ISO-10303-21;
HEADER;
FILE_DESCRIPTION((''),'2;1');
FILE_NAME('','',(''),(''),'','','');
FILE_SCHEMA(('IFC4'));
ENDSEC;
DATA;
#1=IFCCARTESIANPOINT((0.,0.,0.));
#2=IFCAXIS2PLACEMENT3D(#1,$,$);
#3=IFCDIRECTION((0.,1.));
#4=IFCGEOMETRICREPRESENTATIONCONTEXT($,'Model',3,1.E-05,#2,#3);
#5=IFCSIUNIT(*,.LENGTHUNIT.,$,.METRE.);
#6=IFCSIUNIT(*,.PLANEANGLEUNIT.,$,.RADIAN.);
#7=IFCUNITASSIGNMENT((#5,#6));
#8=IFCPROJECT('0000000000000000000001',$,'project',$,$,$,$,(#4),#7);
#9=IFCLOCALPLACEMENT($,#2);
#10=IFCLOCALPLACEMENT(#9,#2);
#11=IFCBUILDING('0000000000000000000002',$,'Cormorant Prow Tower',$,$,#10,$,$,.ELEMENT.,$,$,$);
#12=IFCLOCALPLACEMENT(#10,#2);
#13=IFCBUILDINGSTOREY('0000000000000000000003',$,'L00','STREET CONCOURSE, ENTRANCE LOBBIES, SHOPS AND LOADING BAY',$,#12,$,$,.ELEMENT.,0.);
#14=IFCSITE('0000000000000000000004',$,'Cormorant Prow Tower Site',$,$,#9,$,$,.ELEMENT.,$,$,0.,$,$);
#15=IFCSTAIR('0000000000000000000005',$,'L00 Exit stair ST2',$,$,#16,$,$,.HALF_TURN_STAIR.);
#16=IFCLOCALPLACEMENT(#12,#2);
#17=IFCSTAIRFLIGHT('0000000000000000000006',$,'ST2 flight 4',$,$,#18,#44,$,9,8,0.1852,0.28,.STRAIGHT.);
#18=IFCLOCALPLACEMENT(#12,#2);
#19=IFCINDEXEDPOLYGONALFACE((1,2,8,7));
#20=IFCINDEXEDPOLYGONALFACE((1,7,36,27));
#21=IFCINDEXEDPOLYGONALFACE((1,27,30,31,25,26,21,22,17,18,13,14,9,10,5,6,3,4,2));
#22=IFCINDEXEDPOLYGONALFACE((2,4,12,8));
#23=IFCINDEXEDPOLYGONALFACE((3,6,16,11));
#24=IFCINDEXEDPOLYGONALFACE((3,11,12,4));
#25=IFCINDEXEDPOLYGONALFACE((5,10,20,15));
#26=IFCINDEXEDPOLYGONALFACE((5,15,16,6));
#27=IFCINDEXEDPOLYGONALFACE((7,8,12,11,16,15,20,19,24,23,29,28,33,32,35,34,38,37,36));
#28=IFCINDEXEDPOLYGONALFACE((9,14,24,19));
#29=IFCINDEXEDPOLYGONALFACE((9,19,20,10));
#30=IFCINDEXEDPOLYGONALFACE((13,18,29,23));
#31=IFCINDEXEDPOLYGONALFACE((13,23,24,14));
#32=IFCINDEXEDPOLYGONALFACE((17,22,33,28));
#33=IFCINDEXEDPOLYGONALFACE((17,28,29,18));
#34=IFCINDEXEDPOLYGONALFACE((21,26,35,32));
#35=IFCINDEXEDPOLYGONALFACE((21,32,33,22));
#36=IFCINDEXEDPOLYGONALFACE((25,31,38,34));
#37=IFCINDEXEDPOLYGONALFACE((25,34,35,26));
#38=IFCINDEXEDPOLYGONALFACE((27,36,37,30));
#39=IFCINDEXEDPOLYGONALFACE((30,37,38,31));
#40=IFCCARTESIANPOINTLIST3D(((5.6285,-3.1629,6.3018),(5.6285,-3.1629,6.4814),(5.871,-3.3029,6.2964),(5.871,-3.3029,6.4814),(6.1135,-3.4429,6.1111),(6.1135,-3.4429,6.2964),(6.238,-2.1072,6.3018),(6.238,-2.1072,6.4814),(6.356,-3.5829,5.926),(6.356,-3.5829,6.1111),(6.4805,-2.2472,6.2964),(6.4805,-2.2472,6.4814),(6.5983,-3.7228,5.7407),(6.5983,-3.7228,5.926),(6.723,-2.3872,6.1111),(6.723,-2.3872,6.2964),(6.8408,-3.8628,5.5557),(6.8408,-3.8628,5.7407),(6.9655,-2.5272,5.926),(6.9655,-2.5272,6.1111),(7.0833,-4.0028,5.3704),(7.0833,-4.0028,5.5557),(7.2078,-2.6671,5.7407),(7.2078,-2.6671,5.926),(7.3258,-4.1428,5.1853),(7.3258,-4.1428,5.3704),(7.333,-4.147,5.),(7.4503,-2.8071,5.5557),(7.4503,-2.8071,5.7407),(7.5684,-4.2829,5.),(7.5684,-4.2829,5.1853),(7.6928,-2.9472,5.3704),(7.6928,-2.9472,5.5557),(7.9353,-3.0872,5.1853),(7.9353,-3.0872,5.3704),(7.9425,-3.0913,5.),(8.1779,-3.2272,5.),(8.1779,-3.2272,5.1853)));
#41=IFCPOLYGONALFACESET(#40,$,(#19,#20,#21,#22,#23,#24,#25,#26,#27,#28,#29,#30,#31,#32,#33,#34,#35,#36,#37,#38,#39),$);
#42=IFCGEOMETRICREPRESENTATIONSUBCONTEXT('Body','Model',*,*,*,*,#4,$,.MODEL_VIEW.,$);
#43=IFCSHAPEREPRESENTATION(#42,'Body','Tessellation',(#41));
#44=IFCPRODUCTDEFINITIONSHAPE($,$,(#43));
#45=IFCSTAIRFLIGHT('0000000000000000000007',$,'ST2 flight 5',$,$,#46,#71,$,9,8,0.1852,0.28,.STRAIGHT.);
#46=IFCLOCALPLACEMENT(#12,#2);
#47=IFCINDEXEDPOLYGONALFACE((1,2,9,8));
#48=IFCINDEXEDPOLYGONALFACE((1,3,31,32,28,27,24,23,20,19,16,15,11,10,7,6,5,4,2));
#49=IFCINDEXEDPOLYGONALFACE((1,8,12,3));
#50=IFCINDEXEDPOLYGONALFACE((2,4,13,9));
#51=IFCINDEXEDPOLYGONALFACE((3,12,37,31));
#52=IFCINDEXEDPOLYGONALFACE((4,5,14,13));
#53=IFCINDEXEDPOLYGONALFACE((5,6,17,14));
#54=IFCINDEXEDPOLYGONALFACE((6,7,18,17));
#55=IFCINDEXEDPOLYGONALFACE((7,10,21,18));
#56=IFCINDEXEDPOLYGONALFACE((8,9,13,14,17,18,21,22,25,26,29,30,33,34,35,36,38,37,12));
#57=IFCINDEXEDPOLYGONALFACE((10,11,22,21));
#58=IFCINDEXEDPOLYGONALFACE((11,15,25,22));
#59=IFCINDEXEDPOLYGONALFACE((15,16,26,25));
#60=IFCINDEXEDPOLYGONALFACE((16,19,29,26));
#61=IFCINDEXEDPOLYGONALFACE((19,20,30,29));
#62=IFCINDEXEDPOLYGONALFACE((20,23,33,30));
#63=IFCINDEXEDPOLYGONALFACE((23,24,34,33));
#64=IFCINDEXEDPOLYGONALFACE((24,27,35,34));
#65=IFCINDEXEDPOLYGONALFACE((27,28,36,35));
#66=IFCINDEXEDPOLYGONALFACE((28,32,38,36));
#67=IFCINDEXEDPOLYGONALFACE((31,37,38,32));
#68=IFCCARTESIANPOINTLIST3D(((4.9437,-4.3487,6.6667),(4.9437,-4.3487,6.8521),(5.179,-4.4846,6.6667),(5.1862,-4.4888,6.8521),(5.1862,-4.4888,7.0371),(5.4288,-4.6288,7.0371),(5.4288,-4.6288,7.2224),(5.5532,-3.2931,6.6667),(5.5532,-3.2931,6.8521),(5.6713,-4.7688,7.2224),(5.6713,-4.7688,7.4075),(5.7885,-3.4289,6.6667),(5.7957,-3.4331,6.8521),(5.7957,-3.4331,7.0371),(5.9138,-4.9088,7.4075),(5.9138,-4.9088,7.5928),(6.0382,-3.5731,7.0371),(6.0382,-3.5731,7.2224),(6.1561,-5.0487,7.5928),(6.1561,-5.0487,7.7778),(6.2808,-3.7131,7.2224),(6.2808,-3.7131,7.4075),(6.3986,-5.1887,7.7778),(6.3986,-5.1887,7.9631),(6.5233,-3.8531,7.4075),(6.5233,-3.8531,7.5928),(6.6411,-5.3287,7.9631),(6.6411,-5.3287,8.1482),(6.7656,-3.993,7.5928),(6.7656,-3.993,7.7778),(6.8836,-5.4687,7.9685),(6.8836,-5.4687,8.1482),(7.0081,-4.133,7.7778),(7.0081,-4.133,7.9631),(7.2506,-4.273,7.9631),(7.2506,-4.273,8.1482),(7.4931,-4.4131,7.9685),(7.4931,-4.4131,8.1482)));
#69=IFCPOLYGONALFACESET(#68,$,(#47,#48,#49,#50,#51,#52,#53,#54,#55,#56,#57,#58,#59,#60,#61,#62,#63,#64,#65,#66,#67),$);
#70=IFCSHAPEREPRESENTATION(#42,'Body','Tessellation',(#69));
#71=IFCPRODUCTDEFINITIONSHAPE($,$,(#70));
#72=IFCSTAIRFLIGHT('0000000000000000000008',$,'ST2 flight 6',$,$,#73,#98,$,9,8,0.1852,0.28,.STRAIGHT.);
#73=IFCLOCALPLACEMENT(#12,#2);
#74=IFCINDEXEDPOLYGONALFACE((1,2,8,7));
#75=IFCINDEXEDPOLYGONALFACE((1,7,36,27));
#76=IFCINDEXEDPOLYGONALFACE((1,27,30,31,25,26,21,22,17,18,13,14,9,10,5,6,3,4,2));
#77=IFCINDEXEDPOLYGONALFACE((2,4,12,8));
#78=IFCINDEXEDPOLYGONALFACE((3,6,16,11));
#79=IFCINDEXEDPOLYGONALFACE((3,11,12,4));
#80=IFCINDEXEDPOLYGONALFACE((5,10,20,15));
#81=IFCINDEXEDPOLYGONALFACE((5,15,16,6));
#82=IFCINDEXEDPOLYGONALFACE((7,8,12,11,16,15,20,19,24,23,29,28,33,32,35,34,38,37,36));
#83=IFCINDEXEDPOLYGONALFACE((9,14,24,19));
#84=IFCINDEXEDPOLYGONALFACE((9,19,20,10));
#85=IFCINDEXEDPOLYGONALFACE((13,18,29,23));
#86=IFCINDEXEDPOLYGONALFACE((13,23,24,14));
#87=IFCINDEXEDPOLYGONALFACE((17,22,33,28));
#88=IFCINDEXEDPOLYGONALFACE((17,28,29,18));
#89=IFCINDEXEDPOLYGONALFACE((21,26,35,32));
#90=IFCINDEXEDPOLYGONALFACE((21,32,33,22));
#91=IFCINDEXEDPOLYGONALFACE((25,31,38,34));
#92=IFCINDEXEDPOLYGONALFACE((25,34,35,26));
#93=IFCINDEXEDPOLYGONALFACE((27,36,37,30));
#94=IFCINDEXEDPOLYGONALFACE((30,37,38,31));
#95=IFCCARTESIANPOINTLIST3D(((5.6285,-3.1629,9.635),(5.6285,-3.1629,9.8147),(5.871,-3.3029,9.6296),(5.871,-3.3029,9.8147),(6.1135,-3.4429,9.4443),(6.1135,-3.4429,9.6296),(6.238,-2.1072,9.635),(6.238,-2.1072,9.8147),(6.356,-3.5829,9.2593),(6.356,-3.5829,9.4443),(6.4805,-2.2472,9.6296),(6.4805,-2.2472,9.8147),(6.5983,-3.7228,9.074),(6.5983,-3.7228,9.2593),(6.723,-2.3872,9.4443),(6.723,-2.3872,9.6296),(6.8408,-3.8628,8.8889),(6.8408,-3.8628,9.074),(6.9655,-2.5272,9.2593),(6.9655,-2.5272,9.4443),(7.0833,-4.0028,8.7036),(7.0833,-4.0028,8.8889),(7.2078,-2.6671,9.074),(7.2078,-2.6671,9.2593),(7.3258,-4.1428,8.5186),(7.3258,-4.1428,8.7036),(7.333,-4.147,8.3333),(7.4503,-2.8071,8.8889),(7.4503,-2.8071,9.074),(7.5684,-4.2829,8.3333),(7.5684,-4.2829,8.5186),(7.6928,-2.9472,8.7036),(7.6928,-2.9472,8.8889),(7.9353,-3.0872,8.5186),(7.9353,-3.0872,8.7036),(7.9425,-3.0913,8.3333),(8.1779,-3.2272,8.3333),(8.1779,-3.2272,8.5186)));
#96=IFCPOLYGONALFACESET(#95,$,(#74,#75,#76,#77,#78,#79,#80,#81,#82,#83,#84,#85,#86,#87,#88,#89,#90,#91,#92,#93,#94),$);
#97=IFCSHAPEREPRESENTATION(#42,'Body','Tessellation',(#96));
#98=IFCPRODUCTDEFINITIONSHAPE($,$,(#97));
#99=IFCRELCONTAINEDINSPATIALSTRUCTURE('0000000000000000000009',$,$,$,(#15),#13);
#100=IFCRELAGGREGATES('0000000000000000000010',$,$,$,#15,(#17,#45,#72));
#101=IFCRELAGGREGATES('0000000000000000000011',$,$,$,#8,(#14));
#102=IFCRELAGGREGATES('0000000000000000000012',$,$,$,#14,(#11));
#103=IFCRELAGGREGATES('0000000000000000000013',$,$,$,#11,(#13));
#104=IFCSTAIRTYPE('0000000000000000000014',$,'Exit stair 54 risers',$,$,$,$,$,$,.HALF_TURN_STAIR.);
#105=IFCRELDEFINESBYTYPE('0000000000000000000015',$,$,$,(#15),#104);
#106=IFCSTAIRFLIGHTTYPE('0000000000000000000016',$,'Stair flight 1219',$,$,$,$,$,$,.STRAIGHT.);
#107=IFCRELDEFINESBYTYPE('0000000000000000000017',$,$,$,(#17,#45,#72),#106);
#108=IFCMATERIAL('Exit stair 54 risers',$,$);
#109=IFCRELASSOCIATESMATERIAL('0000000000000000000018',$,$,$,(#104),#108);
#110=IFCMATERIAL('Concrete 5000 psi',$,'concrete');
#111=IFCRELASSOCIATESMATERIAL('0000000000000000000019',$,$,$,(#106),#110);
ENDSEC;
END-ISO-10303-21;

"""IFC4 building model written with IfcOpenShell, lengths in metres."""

from ifc_helpers import new_model, si_unit, direction, frame, origin, place, context, subcontext, project, spatial, polyline, outline, extrude, material, type_object, element, aggregate, save


model = new_model("IFC4")

# Units and contexts
model_context = context("Model", 3, precision=1e-05, world=origin(), true_north=direction((0.0, 1.0)))
body_context = subcontext(model_context, "Body", "Model", "MODEL_VIEW")
ifc_project = project(units=[si_unit("LENGTHUNIT", "METRE"), si_unit("PLANEANGLEUNIT", "RADIAN")], contexts=[model_context])

# Site, building, storey
site_placement = place(None, origin())
site = spatial("IfcSite", under=ifc_project, at=site_placement, Name="Cormorant Prow Tower Site", CompositionType="ELEMENT", RefElevation=0.0)
building_placement = place(site_placement, origin())
building = spatial("IfcBuilding", under=site, at=building_placement, Name="Cormorant Prow Tower", CompositionType="ELEMENT")
storey_placement = place(building_placement, origin())
storey = spatial("IfcBuildingStorey", under=building, at=storey_placement, Name="L00", Description="STREET CONCOURSE, ENTRANCE LOBBIES, SHOPS AND LOADING BAY", CompositionType="ELEMENT", Elevation=0.0)

# Stair, stair flights
ifc_material_1 = material(Name="Exit stair 54 risers")
stair_type = type_object("IfcStairType", Name="Exit stair 54 risers", PredefinedType="HALF_TURN_STAIR", material=ifc_material_1)
stair_placement = place(storey_placement, origin())
stair = element("IfcStair", 1, at=stair_placement, inside=storey, type_object=stair_type, Name="L00 Exit stair ST2", PredefinedType="HALF_TURN_STAIR")
ifc_material_2 = material(Name="Concrete 5000 psi", Category="concrete")
stair_flight_type = type_object("IfcStairFlightType", Name="Stair flight 1219", PredefinedType="STRAIGHT", material=ifc_material_2)
stair_flight_1_placement = place(storey_placement, frame((7.873, -3.7551, 5.0), z_axis=(0.0, 0.0, 1.0), x_axis=(-0.866025, 0.5, 0.0)))
stair_flight_1 = element("IfcStairFlight", 2, at=stair_flight_1_placement, type_object=stair_flight_type, Name="ST2 flight 4", NumberOfRisers=9, NumberOfTreads=8, PredefinedType="STRAIGHT", RiserHeight=0.1852, TreadLength=0.28, context=body_context, shape_type="SweptSolid", body=[
    extrude(outline(polyline([(0.0, 0.0), (0.0, 0.1853), (0.28, 0.1853), (0.28, 0.3704), (0.5601, 0.3704), (0.5601, 0.5557), (0.8401, 0.5557), (0.8401, 0.7407), (1.1201, 0.7407), (1.1201, 0.926), (1.3999, 0.926), (1.3999, 1.1111), (1.6799, 1.1111), (1.6799, 1.2964), (1.96, 1.2964), (1.96, 1.4814), (2.24, 1.4814), (2.24, 1.6667), (2.24, 1.3018), (0.2717, 0.0), (0.0, 0.0)])), frame((0.0, 0.6094, 0.0), z_axis=(0.0, -1.0, 0.0), x_axis=(1.0, 0.0, 0.0)), (0.0, 0.0, 1.0), 1.219),
])
stair_flight_2_placement = place(storey_placement, frame((5.2485, -3.8208, 6.6667), z_axis=(0.0, 0.0, 1.0), x_axis=(0.866025, -0.5, 0.0)))
stair_flight_2 = element("IfcStairFlight", 3, at=stair_flight_2_placement, type_object=stair_flight_type, Name="ST2 flight 5", NumberOfRisers=9, NumberOfTreads=8, PredefinedType="STRAIGHT", RiserHeight=0.1852, TreadLength=0.28, context=body_context, shape_type="SweptSolid", body=[
    extrude(outline(polyline([(0.0, 0.0), (0.0, 0.1853), (0.28, 0.1853), (0.28, 0.3704), (0.5601, 0.3704), (0.5601, 0.5557), (0.8401, 0.5557), (0.8401, 0.7407), (1.1201, 0.7407), (1.1201, 0.926), (1.3999, 0.926), (1.3999, 1.1111), (1.6799, 1.1111), (1.6799, 1.2964), (1.96, 1.2964), (1.96, 1.4814), (2.24, 1.4814), (2.24, 1.6667), (2.24, 1.3018), (0.2717, 0.0), (0.0, 0.0)])), frame((0.0, 0.6094, 0.0), z_axis=(0.0, -1.0, 0.0), x_axis=(1.0, 0.0, 0.0)), (0.0, 0.0, 1.0), 1.219),
])
stair_flight_3_placement = place(storey_placement, frame((7.873, -3.7551, 8.3333), z_axis=(0.0, 0.0, 1.0), x_axis=(-0.866025, 0.5, 0.0)))
stair_flight_3 = element("IfcStairFlight", 4, at=stair_flight_3_placement, type_object=stair_flight_type, Name="ST2 flight 6", NumberOfRisers=9, NumberOfTreads=8, PredefinedType="STRAIGHT", RiserHeight=0.1852, TreadLength=0.28, context=body_context, shape_type="SweptSolid", body=[
    extrude(outline(polyline([(0.0, 0.0), (0.0, 0.1853), (0.28, 0.1853), (0.28, 0.3704), (0.5601, 0.3704), (0.5601, 0.5557), (0.8401, 0.5557), (0.8401, 0.7407), (1.1201, 0.7407), (1.1201, 0.926), (1.3999, 0.926), (1.3999, 1.1111), (1.6799, 1.1111), (1.6799, 1.2964), (1.96, 1.2964), (1.96, 1.4814), (2.24, 1.4814), (2.24, 1.6667), (2.24, 1.3018), (0.2717, 0.0), (0.0, 0.0)])), frame((0.0, 0.6094, 0.0), z_axis=(0.0, -1.0, 0.0), x_axis=(1.0, 0.0, 0.0)), (0.0, 0.0, 1.0), 1.219),
])
aggregate(stair, [stair_flight_1, stair_flight_2, stair_flight_3])

save(model, "model.ifc")
